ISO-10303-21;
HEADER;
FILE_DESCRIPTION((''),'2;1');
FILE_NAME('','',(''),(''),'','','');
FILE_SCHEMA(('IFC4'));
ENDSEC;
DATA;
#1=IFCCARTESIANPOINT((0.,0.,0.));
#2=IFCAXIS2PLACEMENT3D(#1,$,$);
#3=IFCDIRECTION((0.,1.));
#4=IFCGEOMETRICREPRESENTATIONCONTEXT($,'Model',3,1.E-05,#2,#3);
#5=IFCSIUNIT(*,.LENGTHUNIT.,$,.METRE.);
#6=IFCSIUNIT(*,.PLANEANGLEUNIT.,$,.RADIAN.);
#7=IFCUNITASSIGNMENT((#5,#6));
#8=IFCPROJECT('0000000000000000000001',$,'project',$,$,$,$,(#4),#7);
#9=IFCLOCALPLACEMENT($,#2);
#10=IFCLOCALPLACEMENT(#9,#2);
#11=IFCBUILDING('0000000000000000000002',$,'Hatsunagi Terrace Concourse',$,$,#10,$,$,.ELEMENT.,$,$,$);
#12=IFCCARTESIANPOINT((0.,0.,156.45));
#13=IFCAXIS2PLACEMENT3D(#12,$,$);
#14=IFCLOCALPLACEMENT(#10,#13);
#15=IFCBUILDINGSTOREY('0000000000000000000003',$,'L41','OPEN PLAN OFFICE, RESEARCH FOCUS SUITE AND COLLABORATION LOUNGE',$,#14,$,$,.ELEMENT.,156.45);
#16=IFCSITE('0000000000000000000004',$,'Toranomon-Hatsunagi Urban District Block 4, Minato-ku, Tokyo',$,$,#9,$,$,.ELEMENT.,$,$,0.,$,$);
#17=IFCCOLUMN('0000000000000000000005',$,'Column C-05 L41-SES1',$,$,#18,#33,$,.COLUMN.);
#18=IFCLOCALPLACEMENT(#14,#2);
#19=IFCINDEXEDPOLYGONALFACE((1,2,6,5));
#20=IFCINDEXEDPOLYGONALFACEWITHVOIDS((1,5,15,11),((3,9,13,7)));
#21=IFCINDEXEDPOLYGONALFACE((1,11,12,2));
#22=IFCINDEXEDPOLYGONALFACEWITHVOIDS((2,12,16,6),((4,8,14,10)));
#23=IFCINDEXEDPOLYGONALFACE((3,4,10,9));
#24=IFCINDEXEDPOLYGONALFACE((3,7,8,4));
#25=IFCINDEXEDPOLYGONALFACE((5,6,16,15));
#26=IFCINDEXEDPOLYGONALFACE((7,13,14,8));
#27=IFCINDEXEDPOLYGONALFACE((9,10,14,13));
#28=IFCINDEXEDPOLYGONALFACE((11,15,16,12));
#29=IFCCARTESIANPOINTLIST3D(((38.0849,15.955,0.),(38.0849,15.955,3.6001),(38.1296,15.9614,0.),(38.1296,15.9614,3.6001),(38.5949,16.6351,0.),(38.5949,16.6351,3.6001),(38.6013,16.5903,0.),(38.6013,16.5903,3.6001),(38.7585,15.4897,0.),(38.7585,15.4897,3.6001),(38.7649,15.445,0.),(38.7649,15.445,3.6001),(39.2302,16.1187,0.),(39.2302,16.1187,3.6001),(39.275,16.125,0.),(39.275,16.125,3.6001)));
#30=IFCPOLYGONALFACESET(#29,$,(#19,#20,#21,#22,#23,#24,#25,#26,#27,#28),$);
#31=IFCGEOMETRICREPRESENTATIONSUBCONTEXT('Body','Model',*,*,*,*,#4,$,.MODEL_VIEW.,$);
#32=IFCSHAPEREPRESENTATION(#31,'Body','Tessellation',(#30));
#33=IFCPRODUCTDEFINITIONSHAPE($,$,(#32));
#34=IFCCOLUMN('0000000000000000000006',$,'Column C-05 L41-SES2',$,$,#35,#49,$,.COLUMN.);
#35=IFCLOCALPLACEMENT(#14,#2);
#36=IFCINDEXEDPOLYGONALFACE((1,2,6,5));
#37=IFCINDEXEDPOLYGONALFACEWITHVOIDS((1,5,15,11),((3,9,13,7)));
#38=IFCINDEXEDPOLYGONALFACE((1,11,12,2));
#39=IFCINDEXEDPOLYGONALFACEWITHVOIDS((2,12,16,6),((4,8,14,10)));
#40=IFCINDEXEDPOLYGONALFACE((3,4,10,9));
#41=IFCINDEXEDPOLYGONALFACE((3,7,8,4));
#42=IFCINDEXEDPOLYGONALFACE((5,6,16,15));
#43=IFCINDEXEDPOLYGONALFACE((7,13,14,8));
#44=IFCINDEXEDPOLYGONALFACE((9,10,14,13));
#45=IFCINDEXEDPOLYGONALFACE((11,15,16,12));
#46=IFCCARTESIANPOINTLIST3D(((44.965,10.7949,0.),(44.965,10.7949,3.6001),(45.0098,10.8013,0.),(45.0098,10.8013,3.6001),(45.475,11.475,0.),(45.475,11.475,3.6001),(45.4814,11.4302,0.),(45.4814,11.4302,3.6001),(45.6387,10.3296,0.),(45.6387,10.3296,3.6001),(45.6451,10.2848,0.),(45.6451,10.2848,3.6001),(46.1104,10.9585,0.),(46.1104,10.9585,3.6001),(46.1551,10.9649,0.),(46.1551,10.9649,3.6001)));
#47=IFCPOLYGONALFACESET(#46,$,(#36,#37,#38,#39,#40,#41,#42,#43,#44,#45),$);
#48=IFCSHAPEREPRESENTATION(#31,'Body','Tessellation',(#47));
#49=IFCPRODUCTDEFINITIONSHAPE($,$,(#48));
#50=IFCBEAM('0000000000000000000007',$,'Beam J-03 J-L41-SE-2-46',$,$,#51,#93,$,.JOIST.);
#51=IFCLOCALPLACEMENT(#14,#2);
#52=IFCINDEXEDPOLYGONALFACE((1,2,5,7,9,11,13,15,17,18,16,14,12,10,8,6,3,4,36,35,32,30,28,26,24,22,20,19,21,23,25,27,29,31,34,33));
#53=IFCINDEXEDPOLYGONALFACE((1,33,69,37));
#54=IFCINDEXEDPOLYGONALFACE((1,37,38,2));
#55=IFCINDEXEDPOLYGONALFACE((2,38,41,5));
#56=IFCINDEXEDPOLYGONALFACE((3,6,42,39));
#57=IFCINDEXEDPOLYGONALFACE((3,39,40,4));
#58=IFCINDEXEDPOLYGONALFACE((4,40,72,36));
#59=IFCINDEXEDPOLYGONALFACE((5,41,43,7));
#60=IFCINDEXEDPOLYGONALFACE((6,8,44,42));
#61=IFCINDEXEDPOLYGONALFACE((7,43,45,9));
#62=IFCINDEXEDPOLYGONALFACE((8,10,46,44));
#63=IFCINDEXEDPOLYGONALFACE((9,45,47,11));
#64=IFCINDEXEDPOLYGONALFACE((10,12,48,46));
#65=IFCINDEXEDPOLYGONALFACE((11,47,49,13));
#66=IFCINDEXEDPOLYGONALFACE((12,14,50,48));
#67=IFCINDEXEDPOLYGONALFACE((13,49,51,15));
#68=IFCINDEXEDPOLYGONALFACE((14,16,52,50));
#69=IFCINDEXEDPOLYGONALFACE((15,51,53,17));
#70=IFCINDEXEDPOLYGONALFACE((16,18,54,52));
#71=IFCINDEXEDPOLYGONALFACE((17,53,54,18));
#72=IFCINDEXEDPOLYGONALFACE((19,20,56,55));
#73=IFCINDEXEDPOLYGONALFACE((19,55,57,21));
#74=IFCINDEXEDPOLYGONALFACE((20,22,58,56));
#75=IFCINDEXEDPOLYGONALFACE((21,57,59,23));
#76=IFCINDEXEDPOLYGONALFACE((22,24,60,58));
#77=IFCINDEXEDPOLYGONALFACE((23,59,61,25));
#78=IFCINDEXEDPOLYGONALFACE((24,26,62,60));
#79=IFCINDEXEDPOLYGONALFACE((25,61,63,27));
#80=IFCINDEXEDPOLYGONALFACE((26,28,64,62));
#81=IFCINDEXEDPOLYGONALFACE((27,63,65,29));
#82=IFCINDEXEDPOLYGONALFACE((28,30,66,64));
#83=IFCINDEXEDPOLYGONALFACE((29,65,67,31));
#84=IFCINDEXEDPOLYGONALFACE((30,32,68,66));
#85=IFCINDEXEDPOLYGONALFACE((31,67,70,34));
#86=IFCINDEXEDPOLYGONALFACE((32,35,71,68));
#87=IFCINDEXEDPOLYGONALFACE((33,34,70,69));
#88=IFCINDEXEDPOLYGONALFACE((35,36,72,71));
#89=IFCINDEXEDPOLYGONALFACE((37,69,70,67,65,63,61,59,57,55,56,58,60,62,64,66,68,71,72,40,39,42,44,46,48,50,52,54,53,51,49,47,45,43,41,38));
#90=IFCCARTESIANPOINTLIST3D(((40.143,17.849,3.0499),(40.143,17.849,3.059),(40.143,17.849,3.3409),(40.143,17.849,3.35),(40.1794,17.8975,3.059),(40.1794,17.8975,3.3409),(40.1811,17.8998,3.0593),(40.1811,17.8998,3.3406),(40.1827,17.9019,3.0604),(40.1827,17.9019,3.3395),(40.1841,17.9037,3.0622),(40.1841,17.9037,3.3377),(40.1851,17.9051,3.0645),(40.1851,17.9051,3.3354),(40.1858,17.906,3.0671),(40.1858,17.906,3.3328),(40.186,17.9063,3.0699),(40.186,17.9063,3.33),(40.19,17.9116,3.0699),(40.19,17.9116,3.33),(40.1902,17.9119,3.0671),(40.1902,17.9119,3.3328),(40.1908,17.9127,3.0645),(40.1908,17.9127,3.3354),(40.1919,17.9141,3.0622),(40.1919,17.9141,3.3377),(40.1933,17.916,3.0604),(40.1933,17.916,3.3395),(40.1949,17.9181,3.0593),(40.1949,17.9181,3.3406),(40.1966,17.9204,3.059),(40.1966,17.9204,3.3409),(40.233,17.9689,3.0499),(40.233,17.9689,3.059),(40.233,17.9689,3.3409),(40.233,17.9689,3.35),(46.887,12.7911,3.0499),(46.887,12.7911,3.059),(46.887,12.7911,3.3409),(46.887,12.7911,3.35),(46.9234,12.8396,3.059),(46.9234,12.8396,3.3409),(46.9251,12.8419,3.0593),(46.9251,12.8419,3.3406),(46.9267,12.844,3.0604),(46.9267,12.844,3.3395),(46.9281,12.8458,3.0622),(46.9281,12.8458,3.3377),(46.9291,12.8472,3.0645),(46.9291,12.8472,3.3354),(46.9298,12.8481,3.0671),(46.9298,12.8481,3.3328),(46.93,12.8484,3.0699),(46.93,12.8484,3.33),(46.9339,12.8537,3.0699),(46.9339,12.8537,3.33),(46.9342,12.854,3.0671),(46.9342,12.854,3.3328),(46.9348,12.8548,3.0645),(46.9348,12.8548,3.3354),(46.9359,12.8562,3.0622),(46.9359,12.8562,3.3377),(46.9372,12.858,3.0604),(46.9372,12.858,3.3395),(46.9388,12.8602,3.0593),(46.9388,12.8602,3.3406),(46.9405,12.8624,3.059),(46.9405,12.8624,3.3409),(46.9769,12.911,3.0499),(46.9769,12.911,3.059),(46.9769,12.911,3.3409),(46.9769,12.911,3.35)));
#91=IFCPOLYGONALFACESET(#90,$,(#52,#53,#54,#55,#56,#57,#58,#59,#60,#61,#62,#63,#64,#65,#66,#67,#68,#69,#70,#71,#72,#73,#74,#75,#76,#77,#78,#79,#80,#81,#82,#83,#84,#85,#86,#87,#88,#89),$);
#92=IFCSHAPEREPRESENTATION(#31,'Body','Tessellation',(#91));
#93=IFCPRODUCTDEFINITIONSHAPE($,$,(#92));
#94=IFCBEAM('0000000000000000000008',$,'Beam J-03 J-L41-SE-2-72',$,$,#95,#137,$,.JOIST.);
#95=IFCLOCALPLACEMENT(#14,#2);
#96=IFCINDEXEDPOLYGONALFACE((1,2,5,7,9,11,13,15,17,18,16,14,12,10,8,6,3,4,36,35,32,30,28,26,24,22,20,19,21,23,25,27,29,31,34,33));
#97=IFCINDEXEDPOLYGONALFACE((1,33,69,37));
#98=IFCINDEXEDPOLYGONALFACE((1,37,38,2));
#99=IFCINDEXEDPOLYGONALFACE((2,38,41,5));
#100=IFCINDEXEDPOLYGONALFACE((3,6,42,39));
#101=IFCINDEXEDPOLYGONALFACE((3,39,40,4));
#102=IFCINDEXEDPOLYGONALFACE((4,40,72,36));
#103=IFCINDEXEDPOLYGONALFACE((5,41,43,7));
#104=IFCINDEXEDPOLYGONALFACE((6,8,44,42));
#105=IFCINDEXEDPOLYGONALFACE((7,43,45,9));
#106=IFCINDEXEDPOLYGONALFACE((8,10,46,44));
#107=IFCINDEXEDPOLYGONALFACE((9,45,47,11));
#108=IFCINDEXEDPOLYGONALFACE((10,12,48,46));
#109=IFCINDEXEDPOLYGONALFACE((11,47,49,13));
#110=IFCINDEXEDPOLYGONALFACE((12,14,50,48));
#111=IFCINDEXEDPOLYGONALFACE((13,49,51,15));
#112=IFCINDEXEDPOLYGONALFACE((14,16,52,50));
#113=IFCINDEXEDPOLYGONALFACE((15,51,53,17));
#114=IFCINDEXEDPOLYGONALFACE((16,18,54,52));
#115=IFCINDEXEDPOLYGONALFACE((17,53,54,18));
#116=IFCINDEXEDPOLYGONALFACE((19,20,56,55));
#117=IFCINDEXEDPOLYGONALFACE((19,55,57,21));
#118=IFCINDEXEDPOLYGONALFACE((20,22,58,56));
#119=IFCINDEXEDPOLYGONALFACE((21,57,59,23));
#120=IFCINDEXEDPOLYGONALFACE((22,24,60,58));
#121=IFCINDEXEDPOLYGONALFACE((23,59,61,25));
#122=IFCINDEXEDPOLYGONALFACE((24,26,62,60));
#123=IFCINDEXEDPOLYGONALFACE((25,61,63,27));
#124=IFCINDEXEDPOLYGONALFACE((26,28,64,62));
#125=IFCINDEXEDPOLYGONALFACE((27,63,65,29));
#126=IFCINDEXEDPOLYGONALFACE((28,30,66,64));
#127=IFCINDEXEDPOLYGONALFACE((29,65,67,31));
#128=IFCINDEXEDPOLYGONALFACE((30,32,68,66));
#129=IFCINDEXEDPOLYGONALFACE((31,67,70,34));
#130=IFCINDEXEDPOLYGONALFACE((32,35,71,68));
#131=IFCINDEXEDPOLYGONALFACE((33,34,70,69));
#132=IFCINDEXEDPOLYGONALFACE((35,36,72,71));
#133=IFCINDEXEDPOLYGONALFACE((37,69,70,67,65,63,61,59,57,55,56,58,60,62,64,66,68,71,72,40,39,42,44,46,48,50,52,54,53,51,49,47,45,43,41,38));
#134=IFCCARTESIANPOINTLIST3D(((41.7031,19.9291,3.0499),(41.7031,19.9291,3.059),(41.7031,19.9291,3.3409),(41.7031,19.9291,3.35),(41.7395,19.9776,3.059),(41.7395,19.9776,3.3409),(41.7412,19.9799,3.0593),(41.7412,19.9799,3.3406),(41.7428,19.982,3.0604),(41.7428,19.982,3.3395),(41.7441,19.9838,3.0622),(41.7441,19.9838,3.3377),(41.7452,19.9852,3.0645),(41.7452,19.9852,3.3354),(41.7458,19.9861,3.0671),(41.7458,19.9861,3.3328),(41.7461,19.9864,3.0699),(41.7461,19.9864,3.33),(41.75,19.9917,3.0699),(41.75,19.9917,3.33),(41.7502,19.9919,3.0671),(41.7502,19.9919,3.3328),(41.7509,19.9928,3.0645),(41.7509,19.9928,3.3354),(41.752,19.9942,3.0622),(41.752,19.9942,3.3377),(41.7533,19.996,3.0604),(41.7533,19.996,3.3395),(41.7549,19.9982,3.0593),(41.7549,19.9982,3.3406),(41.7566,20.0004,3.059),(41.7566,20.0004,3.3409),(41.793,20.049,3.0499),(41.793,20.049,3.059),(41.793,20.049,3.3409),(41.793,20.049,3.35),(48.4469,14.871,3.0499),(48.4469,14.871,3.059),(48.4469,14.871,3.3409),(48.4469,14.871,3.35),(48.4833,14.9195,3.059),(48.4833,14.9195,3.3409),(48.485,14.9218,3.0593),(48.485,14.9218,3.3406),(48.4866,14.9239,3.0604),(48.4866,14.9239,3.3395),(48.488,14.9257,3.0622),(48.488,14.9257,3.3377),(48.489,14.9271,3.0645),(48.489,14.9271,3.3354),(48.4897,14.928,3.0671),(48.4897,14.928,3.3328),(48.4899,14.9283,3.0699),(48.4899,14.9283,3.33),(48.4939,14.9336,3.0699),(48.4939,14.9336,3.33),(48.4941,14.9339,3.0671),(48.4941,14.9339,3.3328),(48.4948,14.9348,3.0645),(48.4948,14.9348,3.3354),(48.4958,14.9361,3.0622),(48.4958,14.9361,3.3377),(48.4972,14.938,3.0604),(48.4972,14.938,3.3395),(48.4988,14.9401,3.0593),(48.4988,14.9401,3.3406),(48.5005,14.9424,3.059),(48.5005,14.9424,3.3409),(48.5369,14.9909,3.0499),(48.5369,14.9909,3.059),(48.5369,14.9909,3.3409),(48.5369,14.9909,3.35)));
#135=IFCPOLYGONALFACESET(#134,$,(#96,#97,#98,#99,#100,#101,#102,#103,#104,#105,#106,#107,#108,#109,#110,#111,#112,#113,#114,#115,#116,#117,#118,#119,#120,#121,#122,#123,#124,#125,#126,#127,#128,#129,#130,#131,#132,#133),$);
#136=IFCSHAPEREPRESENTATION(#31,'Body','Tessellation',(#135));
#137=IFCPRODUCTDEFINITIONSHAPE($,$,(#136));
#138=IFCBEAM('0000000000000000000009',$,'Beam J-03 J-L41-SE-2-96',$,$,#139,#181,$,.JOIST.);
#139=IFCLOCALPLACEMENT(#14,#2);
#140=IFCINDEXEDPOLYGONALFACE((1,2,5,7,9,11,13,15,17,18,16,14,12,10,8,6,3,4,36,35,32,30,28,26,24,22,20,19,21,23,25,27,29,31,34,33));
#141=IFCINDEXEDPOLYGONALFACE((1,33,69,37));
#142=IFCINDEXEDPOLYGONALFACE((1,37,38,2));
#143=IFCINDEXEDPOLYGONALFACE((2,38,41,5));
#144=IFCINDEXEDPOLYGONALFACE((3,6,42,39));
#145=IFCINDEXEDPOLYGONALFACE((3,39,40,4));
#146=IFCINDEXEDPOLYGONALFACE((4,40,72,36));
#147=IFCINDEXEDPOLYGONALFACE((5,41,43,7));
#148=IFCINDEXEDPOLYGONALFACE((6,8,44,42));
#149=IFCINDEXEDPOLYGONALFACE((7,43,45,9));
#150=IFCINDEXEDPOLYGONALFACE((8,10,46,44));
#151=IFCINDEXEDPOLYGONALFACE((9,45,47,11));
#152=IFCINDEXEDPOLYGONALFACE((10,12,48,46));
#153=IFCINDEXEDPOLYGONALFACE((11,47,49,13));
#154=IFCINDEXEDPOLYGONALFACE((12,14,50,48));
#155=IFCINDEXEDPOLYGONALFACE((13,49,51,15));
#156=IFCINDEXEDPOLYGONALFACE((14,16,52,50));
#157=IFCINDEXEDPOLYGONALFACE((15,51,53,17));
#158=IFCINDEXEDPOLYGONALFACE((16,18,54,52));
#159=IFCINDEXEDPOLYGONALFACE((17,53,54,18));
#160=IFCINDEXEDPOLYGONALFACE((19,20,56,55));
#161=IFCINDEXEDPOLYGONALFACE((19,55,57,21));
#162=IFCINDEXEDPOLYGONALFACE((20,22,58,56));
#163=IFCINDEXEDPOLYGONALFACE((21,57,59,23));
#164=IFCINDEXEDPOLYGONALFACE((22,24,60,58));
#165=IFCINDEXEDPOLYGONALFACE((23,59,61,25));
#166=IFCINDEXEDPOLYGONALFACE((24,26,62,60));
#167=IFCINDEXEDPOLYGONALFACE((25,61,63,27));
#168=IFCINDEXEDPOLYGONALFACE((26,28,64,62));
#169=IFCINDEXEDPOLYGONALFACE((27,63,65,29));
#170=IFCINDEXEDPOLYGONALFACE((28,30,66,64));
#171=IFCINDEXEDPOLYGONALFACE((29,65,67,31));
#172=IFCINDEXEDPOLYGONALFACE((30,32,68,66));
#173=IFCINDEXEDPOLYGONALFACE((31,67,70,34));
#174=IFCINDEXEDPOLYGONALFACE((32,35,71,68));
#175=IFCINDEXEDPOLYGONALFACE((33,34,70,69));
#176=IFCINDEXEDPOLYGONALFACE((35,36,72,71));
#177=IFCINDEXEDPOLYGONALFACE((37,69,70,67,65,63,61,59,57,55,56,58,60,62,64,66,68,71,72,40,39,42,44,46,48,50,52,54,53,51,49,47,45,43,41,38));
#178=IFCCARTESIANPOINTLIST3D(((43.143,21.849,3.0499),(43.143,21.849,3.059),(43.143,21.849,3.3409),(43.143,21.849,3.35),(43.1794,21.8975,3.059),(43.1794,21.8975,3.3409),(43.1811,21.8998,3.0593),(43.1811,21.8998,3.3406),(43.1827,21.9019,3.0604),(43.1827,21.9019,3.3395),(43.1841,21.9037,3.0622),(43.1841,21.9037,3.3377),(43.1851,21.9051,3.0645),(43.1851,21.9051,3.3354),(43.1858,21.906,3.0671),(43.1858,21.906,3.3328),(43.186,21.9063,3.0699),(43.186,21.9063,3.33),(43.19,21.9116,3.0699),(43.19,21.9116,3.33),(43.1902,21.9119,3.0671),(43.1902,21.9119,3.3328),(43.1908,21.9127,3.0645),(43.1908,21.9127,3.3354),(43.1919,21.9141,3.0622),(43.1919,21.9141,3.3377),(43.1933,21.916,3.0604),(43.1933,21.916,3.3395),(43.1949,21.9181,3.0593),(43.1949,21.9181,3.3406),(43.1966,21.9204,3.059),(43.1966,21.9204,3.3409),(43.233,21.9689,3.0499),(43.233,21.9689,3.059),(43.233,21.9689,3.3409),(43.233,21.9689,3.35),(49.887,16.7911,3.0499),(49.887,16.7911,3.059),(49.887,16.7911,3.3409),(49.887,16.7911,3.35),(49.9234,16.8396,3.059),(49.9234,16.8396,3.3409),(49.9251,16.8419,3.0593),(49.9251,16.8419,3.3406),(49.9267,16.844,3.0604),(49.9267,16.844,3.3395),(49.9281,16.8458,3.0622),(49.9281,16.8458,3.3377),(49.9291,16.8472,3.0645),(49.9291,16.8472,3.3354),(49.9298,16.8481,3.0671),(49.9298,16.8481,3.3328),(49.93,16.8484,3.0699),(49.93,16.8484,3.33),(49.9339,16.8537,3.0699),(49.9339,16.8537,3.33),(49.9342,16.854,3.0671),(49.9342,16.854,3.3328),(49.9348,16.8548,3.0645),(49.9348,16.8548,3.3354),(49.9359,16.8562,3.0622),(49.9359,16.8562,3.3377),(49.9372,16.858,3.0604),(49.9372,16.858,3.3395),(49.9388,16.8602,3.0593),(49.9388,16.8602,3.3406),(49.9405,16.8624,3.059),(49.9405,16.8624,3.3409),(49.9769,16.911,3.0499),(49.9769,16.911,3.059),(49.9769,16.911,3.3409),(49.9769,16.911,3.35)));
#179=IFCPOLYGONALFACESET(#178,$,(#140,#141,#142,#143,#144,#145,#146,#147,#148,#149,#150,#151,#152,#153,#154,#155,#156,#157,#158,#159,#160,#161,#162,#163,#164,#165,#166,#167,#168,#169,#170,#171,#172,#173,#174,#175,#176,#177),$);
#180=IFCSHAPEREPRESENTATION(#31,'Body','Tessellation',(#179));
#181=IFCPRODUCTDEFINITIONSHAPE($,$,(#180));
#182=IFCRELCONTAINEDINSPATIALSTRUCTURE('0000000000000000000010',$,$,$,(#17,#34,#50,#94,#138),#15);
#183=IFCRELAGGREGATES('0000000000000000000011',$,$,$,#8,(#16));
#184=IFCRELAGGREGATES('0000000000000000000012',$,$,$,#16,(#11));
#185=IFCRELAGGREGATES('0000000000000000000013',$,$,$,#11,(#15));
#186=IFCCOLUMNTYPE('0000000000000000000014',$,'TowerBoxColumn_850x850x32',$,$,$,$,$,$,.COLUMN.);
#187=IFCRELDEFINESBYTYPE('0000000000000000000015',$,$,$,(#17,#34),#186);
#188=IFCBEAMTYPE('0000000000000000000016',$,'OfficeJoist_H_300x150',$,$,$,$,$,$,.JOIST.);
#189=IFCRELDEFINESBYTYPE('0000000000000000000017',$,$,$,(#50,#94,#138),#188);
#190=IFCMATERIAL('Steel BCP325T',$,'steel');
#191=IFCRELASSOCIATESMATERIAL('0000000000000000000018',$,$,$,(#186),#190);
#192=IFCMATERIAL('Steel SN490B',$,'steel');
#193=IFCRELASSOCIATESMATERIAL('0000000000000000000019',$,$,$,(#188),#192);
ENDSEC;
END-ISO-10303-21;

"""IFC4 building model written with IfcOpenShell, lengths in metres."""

from ifc_helpers import new_model, si_unit, direction, frame, origin, origin_2d, place, context, subcontext, project, spatial, hollow_rectangle, i_section, extrude, material, material_profile, profile_set, type_object, element, save


model = new_model("IFC4")

# Units and contexts
model_context = context("Model", 3, precision=1e-05, world=origin(), true_north=direction((0.0, 1.0)))
body_context = subcontext(model_context, "Body", "Model", "MODEL_VIEW")
ifc_project = project(units=[si_unit("LENGTHUNIT", "METRE"), si_unit("PLANEANGLEUNIT", "RADIAN")], contexts=[model_context])

# Site, building, storey
site_placement = place(None, origin())
site = spatial("IfcSite", under=ifc_project, at=site_placement, Name="Toranomon-Hatsunagi Urban District Block 4, Minato-ku, Tokyo", CompositionType="ELEMENT", RefElevation=0.0)
building_placement = place(site_placement, origin())
building = spatial("IfcBuilding", under=site, at=building_placement, Name="Hatsunagi Terrace Concourse", CompositionType="ELEMENT")
storey_placement = place(building_placement, frame((0.0, 0.0, 156.45)))
storey = spatial("IfcBuildingStorey", under=building, at=storey_placement, Name="L41", Description="OPEN PLAN OFFICE, RESEARCH FOCUS SUITE AND COLLABORATION LOUNGE", CompositionType="ELEMENT", Elevation=156.45)

# Columns
ifc_material_1 = material(Name="Steel BCP325T", Category="steel")
ifc_material_profile_1 = material_profile(ifc_material_1, hollow_rectangle(XDim=0.8501, YDim=0.8501, WallThickness=0.032, at=origin_2d()), Name="BCP-850x850x32")
ifc_profile_set_1 = profile_set([ifc_material_profile_1], Name="Steel BCP325T")
column_type = type_object("IfcColumnType", Name="TowerBoxColumn_850x850x32", PredefinedType="COLUMN", material=ifc_profile_set_1)
for number, where, z_axis, x_axis, name in (
    (1, (38.6799, 16.04, 0.0), (0.0, 0.0, 1.0), (0.8, -0.6, 0.0), "Column C-05 L41-SES1"),
    (2, (45.5601, 10.8799, 0.0), (0.0, 0.0, 1.0), (0.8, -0.6, 0.0), "Column C-05 L41-SES2"),
):
    element("IfcColumn", number, at=place(storey_placement, frame(where, z_axis=z_axis, x_axis=x_axis)), inside=storey, type_object=column_type, Name=name, PredefinedType="COLUMN", context=body_context, shape_type="SweptSolid", body=[
        extrude(hollow_rectangle(XDim=0.8501, YDim=0.8501, WallThickness=0.032, at=origin_2d()), origin(), (0.0, 0.0, 1.0), 3.6001),
    ])

# Beams
ifc_material_2 = material(Name="Steel SN490B", Category="steel")
ifc_material_profile_2 = material_profile(ifc_material_2, i_section(OverallWidth=0.1499, OverallDepth=0.3, WebThickness=0.0066, FlangeThickness=0.009, FilletRadius=0.011, at=origin_2d()), Name="H-300x150x6.5x9")
ifc_profile_set_2 = profile_set([ifc_material_profile_2], Name="Steel SN490B")
beam_type_1 = type_object("IfcBeamType", Name="OfficeJoist_H_300x150", PredefinedType="JOIST", material=ifc_profile_set_2)
for number, where, z_axis, x_axis, name in (
    (3, (40.188, 17.9089, 3.2), (0.800003, -0.599995, 0.0), (0.599995, 0.800003, 0.0), "Beam J-03 J-L41-SE-2-46"),
    (4, (41.748, 19.989, 3.2), (0.79999, -0.600014, 0.0), (0.600014, 0.79999, 0.0), "Beam J-03 J-L41-SE-2-72"),
    (5, (43.188, 21.9089, 3.2), (0.800003, -0.599995, 0.0), (0.599995, 0.800003, 0.0), "Beam J-03 J-L41-SE-2-96"),
):
    element("IfcBeam", number, at=place(storey_placement, frame(where, z_axis=z_axis, x_axis=x_axis)), inside=storey, type_object=beam_type_1, Name=name, PredefinedType="JOIST", context=body_context, shape_type="SweptSolid", body=[
        extrude(i_section(OverallWidth=0.1499, OverallDepth=0.3, WebThickness=0.0066, FlangeThickness=0.009, FilletRadius=0.011, at=origin_2d()), origin(), (0.0, 0.0, 1.0), 8.4299),
    ])

save(model, "model.ifc")
